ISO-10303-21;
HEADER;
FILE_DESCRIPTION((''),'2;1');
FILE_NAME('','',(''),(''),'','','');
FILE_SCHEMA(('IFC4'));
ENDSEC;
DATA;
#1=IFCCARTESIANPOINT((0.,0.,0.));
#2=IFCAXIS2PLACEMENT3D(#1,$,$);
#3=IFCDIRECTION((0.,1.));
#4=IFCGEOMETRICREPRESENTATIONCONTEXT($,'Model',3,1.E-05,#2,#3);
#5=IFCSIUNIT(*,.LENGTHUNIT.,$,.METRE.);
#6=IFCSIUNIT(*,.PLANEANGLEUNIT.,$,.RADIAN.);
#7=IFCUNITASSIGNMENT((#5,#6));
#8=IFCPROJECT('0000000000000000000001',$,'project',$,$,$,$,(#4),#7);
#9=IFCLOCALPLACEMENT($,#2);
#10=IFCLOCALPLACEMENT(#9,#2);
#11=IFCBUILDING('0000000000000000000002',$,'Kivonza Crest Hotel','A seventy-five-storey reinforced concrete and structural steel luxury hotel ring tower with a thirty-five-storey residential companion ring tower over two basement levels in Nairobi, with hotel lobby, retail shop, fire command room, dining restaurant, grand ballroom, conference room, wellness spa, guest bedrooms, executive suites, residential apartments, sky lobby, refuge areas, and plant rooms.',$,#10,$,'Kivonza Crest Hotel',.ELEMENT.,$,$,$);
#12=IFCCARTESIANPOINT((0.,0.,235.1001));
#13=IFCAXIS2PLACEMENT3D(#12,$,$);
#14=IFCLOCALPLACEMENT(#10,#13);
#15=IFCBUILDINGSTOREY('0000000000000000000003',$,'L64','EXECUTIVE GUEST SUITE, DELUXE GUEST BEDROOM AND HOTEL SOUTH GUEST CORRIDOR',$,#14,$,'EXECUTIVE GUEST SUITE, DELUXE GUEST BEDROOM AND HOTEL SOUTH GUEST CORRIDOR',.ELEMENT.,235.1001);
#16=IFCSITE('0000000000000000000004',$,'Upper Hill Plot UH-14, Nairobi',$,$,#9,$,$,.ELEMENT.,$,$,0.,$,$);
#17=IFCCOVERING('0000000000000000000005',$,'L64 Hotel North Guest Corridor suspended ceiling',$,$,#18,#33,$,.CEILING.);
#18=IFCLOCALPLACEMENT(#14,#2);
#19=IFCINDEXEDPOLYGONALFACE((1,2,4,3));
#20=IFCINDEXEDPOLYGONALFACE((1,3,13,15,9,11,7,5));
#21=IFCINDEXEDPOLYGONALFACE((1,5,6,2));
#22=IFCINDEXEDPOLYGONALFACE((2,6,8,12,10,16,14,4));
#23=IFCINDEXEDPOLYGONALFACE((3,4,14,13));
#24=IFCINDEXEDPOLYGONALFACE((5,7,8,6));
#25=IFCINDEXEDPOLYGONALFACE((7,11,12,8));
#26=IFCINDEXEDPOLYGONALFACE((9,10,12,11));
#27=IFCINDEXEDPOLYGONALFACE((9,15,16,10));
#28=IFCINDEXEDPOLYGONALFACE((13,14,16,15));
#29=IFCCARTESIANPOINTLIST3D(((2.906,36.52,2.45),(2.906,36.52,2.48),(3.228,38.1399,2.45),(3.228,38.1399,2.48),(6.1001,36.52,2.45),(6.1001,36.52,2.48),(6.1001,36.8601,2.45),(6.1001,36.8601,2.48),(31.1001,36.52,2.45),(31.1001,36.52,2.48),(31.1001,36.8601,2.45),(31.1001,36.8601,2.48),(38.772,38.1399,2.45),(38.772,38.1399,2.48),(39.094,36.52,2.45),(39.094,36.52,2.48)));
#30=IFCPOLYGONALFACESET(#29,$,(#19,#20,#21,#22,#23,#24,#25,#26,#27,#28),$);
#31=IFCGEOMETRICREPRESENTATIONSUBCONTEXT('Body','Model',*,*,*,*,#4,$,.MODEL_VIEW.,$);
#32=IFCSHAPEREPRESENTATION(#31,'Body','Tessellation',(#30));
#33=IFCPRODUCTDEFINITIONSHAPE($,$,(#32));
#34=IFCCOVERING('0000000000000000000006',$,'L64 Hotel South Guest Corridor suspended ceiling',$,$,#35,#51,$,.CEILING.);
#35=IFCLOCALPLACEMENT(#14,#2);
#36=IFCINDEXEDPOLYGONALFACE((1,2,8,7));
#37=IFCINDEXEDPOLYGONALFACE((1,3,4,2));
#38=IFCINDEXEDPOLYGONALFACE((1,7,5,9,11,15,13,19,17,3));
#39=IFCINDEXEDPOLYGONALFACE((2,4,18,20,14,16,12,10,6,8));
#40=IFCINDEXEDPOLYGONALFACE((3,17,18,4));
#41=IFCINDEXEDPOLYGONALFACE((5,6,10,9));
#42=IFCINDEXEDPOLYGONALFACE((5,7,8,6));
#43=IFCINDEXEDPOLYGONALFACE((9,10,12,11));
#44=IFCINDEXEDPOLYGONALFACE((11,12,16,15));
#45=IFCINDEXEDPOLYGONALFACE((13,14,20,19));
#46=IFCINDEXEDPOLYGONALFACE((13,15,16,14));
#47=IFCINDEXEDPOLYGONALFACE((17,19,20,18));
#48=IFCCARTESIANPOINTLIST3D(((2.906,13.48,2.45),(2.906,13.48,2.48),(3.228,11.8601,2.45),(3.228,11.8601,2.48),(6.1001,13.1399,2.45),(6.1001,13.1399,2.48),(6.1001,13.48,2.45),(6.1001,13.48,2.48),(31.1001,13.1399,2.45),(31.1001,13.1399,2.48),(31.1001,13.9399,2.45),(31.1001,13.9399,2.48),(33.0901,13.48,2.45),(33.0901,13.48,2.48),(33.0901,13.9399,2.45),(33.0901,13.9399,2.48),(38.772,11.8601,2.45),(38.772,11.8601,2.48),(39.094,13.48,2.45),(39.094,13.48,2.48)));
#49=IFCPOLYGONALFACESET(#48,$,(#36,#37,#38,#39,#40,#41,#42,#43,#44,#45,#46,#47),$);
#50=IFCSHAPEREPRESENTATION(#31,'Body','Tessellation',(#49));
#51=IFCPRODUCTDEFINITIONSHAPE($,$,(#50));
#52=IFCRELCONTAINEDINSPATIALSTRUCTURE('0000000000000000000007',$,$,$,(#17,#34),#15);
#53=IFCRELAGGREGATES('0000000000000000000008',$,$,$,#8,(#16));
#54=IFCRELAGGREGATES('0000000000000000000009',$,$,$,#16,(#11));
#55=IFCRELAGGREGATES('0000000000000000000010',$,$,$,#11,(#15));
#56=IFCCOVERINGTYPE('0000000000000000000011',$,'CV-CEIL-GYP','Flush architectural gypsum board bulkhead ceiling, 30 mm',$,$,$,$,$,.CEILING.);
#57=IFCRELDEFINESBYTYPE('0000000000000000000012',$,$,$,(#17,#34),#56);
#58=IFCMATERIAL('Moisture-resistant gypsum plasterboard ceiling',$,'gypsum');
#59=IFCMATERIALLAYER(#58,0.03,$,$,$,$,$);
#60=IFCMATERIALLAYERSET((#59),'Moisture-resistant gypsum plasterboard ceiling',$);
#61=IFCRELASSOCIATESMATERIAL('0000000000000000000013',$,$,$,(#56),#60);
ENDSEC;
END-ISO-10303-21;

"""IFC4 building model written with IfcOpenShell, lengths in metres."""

from ifc_helpers import new_model, si_unit, direction, frame, origin, place, context, subcontext, project, spatial, polyline, outline, extrude, material, layer, layer_set, type_object, element, save


model = new_model("IFC4")

# Units and contexts
model_context = context("Model", 3, precision=1e-05, world=origin(), true_north=direction((0.0, 1.0)))
body_context = subcontext(model_context, "Body", "Model", "MODEL_VIEW")
ifc_project = project(units=[si_unit("LENGTHUNIT", "METRE"), si_unit("PLANEANGLEUNIT", "RADIAN")], contexts=[model_context])

# Site, building, storey
site_placement = place(None, origin())
site = spatial("IfcSite", under=ifc_project, at=site_placement, Name="Upper Hill Plot UH-14, Nairobi", CompositionType="ELEMENT", RefElevation=0.0)
building_placement = place(site_placement, origin())
building = spatial("IfcBuilding", under=site, at=building_placement, Name="Kivonza Crest Hotel", Description="A seventy-five-storey reinforced concrete and structural steel luxury hotel ring tower with a thirty-five-storey residential companion ring tower over two basement levels in Nairobi, with hotel lobby, retail shop, fire command room, dining restaurant, grand ballroom, conference room, wellness spa, guest bedrooms, executive suites, residential apartments, sky lobby, refuge areas, and plant rooms.", LongName="Kivonza Crest Hotel", CompositionType="ELEMENT")
storey_placement = place(building_placement, frame((0.0, 0.0, 235.1001)))
storey = spatial("IfcBuildingStorey", under=building, at=storey_placement, Name="L64", Description="EXECUTIVE GUEST SUITE, DELUXE GUEST BEDROOM AND HOTEL SOUTH GUEST CORRIDOR", LongName="EXECUTIVE GUEST SUITE, DELUXE GUEST BEDROOM AND HOTEL SOUTH GUEST CORRIDOR", CompositionType="ELEMENT", Elevation=235.1001)

# Coverings
ifc_material_1 = material(Name="Moisture-resistant gypsum plasterboard ceiling", Category="gypsum")
ifc_layer_1 = layer(ifc_material_1, 0.03)
ifc_layer_set_1 = layer_set([ifc_layer_1], Name="Moisture-resistant gypsum plasterboard ceiling")
covering_type = type_object("IfcCoveringType", Name="CV-CEIL-GYP", Description="Flush architectural gypsum board bulkhead ceiling, 30 mm", PredefinedType="CEILING", material=ifc_layer_set_1)
covering_1_placement = place(storey_placement, frame((0.0, 0.0, 2.45)))
element("IfcCovering", 1, at=covering_1_placement, inside=storey, type_object=covering_type, Name="L64 Hotel North Guest Corridor suspended ceiling", PredefinedType="CEILING", context=body_context, shape_type="SweptSolid", body=[
    extrude(outline(polyline([(3.228, 38.1399), (2.906, 36.52), (6.1001, 36.52), (6.1001, 36.8601), (31.1001, 36.8601), (31.1001, 36.52), (39.094, 36.52), (38.772, 38.1399), (3.228, 38.1399)])), origin(), (0.0, 0.0, 1.0), 0.03),
])
covering_2_placement = place(storey_placement, frame((0.0, 0.0, 2.45)))
element("IfcCovering", 2, at=covering_2_placement, inside=storey, type_object=covering_type, Name="L64 Hotel South Guest Corridor suspended ceiling", PredefinedType="CEILING", context=body_context, shape_type="SweptSolid", body=[
    extrude(outline(polyline([(33.0901, 13.48), (33.0901, 13.9399), (31.1001, 13.9399), (31.1001, 13.1399), (6.1001, 13.1399), (6.1001, 13.48), (2.906, 13.48), (3.228, 11.8601), (38.772, 11.8601), (39.094, 13.48), (33.0901, 13.48)])), origin(), (0.0, 0.0, 1.0), 0.03),
])

save(model, "model.ifc")
